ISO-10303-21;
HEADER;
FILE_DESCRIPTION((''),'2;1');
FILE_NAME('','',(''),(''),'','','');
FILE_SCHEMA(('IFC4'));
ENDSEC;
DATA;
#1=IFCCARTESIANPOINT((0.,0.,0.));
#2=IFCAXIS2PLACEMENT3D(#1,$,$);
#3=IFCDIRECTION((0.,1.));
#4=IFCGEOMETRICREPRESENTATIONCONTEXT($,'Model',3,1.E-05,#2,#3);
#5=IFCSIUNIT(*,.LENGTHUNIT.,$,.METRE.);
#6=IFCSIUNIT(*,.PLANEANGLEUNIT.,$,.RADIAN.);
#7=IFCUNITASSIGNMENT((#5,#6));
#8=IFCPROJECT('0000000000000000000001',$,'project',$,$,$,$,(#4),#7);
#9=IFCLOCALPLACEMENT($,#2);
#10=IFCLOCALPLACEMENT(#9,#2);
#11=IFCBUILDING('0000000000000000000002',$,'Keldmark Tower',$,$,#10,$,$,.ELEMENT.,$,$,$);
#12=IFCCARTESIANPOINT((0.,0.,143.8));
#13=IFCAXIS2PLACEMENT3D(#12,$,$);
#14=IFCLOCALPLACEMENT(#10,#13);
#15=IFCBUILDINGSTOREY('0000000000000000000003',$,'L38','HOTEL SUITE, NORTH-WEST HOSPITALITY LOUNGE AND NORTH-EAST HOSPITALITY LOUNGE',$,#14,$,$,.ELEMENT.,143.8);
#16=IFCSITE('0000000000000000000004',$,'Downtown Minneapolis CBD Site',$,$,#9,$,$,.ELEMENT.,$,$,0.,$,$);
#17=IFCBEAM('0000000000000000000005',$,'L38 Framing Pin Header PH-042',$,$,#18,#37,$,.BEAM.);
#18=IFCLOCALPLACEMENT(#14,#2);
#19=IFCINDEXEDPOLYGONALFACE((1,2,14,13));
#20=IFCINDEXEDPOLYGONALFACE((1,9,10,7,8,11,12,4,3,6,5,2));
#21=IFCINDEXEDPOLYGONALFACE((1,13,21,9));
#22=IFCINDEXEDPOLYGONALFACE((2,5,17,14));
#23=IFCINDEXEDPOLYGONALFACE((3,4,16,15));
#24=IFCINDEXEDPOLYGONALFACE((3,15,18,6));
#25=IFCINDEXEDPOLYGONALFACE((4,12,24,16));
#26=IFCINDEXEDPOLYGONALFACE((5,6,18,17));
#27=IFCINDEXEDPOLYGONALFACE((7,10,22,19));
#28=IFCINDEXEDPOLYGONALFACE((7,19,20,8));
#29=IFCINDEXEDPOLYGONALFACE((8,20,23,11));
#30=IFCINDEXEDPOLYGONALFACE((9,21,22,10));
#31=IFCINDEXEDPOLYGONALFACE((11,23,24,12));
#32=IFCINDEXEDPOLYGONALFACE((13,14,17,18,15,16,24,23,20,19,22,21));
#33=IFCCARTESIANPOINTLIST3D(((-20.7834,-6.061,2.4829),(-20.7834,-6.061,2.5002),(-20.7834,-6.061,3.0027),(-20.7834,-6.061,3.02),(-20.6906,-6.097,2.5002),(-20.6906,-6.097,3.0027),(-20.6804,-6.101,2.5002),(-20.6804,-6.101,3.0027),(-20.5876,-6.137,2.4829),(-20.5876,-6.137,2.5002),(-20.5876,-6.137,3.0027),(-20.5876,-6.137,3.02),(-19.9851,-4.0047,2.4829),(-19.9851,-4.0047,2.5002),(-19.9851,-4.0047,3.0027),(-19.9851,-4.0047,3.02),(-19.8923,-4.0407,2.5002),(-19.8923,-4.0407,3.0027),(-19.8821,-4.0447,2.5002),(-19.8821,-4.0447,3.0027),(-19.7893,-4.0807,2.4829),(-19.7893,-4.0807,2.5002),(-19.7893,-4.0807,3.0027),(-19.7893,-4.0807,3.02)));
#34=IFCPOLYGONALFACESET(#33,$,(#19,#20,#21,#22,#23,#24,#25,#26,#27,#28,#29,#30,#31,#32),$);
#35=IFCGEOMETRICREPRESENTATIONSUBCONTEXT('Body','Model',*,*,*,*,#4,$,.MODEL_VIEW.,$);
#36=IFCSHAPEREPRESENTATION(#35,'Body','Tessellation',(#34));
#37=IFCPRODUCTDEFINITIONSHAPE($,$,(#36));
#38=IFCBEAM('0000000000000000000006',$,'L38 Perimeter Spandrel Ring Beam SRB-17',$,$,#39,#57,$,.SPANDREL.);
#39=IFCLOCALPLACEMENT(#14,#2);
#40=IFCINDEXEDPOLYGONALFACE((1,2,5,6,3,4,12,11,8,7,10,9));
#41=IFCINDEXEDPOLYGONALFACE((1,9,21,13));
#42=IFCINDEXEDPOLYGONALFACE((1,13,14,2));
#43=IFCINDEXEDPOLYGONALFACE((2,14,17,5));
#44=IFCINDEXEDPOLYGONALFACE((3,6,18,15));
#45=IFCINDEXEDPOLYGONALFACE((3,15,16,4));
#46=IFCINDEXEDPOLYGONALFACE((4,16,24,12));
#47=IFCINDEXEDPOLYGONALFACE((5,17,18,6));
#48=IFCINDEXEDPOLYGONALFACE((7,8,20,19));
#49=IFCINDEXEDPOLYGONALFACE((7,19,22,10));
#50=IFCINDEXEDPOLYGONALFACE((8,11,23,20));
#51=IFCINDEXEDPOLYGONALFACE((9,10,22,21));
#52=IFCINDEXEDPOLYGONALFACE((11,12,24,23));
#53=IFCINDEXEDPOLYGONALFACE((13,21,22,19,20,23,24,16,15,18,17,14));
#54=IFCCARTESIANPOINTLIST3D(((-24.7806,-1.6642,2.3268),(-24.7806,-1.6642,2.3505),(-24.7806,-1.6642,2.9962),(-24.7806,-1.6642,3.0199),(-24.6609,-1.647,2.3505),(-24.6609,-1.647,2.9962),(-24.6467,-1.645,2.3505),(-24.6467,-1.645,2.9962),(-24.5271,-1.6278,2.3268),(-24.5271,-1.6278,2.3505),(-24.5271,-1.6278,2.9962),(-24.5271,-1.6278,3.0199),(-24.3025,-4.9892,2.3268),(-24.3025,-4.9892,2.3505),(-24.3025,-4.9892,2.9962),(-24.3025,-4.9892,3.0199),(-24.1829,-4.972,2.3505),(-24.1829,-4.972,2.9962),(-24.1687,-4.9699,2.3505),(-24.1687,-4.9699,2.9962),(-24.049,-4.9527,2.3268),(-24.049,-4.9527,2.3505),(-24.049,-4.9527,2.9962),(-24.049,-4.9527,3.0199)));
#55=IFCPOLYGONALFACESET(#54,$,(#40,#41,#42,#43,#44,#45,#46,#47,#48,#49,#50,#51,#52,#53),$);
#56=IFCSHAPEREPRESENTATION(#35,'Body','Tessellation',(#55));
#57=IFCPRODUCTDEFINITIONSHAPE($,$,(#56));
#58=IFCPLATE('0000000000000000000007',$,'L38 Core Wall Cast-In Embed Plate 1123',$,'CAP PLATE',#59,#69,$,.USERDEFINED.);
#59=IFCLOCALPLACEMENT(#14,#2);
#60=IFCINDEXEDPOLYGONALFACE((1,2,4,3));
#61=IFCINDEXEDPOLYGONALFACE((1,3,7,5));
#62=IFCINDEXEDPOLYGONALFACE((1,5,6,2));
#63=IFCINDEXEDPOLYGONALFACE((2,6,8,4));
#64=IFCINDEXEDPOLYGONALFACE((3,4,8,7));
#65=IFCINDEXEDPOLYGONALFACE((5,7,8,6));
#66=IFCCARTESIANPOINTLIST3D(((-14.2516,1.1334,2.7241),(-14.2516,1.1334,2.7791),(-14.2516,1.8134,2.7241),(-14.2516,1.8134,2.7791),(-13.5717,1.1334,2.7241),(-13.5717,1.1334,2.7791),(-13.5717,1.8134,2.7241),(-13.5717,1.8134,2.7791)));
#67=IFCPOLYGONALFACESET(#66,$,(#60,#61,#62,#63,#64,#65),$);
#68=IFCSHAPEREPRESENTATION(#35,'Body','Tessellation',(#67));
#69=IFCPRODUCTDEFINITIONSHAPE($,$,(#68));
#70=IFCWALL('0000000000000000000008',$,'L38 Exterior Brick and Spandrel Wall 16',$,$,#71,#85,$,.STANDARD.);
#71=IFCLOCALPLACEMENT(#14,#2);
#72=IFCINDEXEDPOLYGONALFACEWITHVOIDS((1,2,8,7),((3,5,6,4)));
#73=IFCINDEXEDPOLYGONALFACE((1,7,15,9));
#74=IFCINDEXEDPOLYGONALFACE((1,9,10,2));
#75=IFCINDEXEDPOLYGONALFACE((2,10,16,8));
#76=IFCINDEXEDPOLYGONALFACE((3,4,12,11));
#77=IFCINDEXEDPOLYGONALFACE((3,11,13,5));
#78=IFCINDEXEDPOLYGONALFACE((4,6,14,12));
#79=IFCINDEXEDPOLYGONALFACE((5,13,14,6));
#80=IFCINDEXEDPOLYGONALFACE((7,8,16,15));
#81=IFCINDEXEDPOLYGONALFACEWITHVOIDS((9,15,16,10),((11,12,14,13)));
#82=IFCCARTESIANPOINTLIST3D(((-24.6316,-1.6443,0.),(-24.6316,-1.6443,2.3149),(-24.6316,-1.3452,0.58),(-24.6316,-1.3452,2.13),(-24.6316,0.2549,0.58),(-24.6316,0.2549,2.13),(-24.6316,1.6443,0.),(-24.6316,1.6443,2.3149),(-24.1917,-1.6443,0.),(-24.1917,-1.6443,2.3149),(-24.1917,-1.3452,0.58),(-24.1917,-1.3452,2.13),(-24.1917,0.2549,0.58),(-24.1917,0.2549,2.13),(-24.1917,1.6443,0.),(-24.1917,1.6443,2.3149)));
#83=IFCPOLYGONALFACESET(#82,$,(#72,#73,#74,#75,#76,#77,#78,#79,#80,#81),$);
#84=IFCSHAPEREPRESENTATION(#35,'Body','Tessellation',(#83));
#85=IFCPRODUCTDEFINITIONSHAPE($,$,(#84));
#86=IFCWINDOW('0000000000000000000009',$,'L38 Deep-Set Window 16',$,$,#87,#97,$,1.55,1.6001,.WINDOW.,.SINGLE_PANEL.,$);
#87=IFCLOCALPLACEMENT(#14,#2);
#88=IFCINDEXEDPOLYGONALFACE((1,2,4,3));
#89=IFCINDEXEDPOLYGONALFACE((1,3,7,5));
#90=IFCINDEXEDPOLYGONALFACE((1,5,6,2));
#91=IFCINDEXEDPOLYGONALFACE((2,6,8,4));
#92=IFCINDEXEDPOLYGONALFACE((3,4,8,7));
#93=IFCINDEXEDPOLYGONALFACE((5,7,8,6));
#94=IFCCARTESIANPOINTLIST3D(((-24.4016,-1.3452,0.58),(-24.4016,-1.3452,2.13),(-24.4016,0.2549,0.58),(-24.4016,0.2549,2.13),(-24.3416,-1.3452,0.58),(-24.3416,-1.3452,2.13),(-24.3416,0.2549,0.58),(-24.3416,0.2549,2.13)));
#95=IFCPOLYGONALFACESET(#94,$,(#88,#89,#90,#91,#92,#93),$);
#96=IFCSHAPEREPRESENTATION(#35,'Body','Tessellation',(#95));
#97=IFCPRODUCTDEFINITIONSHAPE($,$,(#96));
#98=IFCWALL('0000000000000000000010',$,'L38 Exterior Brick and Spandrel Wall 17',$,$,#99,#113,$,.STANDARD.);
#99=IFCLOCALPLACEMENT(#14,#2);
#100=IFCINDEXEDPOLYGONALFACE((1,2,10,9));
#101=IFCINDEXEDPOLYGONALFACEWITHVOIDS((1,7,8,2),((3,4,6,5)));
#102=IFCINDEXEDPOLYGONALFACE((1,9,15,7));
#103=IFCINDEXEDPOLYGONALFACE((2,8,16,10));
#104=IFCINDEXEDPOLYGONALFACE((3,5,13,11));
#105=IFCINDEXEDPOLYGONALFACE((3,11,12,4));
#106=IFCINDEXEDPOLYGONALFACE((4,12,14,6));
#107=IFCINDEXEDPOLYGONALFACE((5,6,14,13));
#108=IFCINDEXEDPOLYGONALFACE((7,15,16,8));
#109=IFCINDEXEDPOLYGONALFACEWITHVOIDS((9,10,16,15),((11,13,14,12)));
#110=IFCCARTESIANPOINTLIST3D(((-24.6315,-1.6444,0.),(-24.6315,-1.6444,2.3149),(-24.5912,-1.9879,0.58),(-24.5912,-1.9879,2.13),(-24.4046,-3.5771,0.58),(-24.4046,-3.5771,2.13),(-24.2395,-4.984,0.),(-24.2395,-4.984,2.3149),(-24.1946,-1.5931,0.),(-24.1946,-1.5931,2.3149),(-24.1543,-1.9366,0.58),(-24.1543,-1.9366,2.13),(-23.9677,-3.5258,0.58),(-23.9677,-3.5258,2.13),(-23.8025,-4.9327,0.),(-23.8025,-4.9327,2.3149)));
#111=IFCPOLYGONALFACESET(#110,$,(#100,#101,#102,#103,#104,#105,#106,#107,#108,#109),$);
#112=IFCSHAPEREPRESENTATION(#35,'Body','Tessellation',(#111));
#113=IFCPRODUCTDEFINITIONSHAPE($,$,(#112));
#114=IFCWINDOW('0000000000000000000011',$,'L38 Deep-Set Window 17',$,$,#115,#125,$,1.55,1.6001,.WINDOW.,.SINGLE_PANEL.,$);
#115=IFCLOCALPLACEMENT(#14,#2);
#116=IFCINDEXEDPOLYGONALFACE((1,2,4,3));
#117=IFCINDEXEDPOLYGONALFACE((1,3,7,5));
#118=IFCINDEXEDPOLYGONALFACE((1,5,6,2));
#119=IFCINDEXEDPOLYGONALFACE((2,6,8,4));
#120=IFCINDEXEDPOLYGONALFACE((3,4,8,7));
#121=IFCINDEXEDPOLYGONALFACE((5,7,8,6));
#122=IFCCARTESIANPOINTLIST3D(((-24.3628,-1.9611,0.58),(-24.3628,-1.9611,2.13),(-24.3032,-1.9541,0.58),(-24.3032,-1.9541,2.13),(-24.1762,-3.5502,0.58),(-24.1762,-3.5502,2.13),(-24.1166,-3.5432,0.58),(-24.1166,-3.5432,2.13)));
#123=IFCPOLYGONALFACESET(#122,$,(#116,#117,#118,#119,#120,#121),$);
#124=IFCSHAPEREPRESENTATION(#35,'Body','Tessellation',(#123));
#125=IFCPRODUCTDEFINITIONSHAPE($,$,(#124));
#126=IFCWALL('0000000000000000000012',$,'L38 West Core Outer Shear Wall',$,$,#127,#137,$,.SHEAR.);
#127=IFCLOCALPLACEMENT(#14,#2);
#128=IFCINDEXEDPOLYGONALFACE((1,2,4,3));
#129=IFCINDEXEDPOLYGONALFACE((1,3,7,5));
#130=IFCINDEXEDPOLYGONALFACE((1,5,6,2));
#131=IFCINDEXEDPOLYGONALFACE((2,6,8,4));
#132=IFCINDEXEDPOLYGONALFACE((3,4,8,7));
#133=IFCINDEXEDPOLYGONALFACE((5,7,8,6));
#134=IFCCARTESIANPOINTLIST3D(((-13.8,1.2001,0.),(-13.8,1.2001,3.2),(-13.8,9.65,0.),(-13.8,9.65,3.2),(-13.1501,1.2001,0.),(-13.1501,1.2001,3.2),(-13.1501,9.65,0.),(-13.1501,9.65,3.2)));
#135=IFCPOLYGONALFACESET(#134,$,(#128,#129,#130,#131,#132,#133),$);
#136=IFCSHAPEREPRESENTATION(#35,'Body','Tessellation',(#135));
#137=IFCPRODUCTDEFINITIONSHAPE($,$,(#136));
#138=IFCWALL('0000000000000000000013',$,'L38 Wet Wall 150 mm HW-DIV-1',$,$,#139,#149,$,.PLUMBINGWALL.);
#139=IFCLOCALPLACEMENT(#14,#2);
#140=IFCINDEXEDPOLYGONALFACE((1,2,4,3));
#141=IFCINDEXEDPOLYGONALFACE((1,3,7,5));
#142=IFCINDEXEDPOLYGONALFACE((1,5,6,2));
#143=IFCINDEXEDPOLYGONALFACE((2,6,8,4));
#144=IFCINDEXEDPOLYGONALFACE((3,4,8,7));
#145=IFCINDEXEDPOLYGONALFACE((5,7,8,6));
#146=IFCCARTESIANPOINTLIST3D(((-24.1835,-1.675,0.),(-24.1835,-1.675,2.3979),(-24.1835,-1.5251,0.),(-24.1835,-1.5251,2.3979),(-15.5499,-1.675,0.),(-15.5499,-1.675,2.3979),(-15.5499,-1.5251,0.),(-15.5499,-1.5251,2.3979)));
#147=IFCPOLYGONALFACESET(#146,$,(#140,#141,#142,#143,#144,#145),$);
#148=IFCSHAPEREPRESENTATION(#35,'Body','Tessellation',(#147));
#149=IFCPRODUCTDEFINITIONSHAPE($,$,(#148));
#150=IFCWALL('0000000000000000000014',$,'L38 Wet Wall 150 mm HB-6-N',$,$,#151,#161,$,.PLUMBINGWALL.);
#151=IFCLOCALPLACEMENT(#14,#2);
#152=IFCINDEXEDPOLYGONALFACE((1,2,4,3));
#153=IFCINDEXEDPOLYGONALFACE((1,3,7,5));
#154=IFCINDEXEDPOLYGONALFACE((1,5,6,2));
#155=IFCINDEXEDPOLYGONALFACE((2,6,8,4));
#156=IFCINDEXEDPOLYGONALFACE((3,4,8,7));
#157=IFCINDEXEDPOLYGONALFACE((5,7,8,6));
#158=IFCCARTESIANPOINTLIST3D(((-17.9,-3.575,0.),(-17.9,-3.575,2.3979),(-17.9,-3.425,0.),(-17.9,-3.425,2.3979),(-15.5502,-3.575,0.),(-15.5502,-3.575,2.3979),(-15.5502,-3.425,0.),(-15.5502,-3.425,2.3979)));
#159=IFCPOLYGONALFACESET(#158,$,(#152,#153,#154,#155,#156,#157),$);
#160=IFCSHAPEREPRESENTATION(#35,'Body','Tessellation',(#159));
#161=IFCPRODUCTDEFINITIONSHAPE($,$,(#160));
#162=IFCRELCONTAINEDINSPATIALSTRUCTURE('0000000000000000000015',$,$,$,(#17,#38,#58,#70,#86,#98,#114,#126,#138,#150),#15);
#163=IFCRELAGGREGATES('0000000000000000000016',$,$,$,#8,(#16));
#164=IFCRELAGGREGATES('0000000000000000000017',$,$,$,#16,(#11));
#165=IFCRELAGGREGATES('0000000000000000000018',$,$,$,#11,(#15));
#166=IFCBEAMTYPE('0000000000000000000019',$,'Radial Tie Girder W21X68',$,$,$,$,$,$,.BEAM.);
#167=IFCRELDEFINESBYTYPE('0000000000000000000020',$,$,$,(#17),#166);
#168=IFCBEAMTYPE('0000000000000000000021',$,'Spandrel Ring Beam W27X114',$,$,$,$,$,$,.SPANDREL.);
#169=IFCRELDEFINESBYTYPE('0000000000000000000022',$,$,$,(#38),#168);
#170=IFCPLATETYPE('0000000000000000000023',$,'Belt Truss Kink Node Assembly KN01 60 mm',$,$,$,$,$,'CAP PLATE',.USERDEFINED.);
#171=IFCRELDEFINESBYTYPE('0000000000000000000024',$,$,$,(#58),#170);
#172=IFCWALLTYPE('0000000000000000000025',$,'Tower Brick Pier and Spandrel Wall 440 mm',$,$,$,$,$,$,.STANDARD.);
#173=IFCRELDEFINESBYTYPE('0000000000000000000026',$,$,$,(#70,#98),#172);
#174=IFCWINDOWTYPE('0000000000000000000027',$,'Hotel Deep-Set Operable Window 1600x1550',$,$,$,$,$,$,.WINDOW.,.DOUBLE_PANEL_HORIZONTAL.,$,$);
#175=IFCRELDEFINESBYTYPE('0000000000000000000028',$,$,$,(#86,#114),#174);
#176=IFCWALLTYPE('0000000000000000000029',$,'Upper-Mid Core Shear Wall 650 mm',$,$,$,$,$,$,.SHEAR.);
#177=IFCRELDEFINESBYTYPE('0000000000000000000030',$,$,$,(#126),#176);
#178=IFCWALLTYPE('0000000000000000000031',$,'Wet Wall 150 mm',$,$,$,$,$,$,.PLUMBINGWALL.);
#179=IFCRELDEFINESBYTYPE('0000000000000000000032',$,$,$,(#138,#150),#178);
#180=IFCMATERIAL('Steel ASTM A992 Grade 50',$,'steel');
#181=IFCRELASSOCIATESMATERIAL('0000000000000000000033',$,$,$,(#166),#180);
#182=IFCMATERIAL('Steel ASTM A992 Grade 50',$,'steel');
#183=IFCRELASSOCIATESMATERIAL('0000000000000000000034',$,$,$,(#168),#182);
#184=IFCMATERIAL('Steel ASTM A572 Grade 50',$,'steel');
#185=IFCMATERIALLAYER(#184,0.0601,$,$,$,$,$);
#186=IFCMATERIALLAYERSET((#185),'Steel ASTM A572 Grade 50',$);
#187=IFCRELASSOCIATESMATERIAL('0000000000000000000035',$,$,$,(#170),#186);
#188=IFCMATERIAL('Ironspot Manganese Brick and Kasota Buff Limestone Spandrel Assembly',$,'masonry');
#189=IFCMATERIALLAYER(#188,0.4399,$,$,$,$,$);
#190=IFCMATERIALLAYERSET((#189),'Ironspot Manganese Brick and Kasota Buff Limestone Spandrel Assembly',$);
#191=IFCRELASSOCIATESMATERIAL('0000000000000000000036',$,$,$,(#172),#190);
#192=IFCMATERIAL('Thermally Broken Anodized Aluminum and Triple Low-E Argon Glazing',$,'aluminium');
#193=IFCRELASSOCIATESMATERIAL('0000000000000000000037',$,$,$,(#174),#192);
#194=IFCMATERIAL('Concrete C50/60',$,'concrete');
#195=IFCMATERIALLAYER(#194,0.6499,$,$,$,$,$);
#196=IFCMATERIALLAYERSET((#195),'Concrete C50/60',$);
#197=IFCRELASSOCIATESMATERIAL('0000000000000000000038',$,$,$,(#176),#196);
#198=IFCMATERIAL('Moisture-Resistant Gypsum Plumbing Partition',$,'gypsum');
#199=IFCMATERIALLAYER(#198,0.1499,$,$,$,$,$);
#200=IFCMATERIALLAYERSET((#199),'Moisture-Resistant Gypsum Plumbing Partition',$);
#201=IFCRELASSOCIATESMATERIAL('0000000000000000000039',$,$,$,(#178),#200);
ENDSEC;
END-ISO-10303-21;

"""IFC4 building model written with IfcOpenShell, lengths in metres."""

from ifc_helpers import new_model, si_unit, direction, frame, frame_2d, origin, origin_2d, place, context, subcontext, project, spatial, rectangle, i_section, extrude, material, layer, layer_set, material_profile, profile_set, type_object, element, fill, save


model = new_model("IFC4")

# Units and contexts
model_context = context("Model", 3, precision=1e-05, world=origin(), true_north=direction((0.0, 1.0)))
body_context = subcontext(model_context, "Body", "Model", "MODEL_VIEW")
ifc_project = project(units=[si_unit("LENGTHUNIT", "METRE"), si_unit("PLANEANGLEUNIT", "RADIAN")], contexts=[model_context])

# Site, building, storey
site_placement = place(None, origin())
site = spatial("IfcSite", under=ifc_project, at=site_placement, Name="Downtown Minneapolis CBD Site", CompositionType="ELEMENT", RefElevation=0.0)
building_placement = place(site_placement, origin())
building = spatial("IfcBuilding", under=site, at=building_placement, Name="Keldmark Tower", CompositionType="ELEMENT")
storey_placement = place(building_placement, frame((0.0, 0.0, 143.8)))
storey = spatial("IfcBuildingStorey", under=building, at=storey_placement, Name="L38", Description="HOTEL SUITE, NORTH-WEST HOSPITALITY LOUNGE AND NORTH-EAST HOSPITALITY LOUNGE", CompositionType="ELEMENT", Elevation=143.8)

# Beams
ifc_material_1 = material(Name="Steel ASTM A992 Grade 50", Category="steel")
ifc_material_profile_1 = material_profile(ifc_material_1, i_section(OverallWidth=0.21, OverallDepth=0.5371, WebThickness=0.011, FlangeThickness=0.0173, at=origin_2d()), Name="W21X68")
ifc_profile_set_1 = profile_set([ifc_material_profile_1], Name="Steel ASTM A992 Grade 50")
beam_type_1 = type_object("IfcBeamType", Name="Radial Tie Girder W21X68", PredefinedType="BEAM", material=ifc_profile_set_1)
beam_1_placement = place(storey_placement, frame((-19.8872, -4.0427, 2.7515), z_axis=(-0.361907, -0.932214, 0.0), x_axis=(0.932214, -0.361907, 0.0)))
element("IfcBeam", 1, at=beam_1_placement, inside=storey, type_object=beam_type_1, Name="L38 Framing Pin Header PH-042", PredefinedType="BEAM", context=body_context, shape_type="SweptSolid", body=[
    extrude(i_section(OverallWidth=0.21, OverallDepth=0.5371, WebThickness=0.011, FlangeThickness=0.0173, at=origin_2d()), origin(), (0.0, 0.0, 1.0), 2.2058),
])
ifc_material_2 = material(Name="Steel ASTM A992 Grade 50", Category="steel")
ifc_material_profile_2 = material_profile(ifc_material_2, i_section(OverallWidth=0.2561, OverallDepth=0.6931, WebThickness=0.0144, FlangeThickness=0.0237, at=origin_2d()), Name="W27X114")
ifc_profile_set_2 = profile_set([ifc_material_profile_2], Name="Steel ASTM A992 Grade 50")
beam_type_2 = type_object("IfcBeamType", Name="Spandrel Ring Beam W27X114", PredefinedType="SPANDREL", material=ifc_profile_set_2)
beam_2_placement = place(storey_placement, frame((-24.6538, -1.646, 2.6733), z_axis=(0.142307, -0.989823, 0.0), x_axis=(0.989823, 0.142307, 0.0)))
element("IfcBeam", 2, at=beam_2_placement, inside=storey, type_object=beam_type_2, Name="L38 Perimeter Spandrel Ring Beam SRB-17", PredefinedType="SPANDREL", context=body_context, shape_type="SweptSolid", body=[
    extrude(i_section(OverallWidth=0.2561, OverallDepth=0.6931, WebThickness=0.0144, FlangeThickness=0.0237, at=origin_2d()), origin(), (0.0, 0.0, 1.0), 3.3591),
])

# Plate
ifc_material_3 = material(Name="Steel ASTM A572 Grade 50", Category="steel")
ifc_layer_1 = layer(ifc_material_3, 0.0601)
ifc_layer_set_1 = layer_set([ifc_layer_1], Name="Steel ASTM A572 Grade 50")
plate_type = type_object("IfcPlateType", Name="Belt Truss Kink Node Assembly KN01 60 mm", ElementType="CAP PLATE", PredefinedType="USERDEFINED", material=ifc_layer_set_1)
plate_placement = place(storey_placement, frame((-13.9116, 1.4734, 2.7241), z_axis=(0.0, 0.0, 1.0), x_axis=(1.0, 0.0, 0.0)))
element("IfcPlate", 3, at=plate_placement, inside=storey, type_object=plate_type, Name="L38 Core Wall Cast-In Embed Plate 1123", ObjectType="CAP PLATE", PredefinedType="USERDEFINED", context=body_context, shape_type="SweptSolid", body=[
    extrude(rectangle(XDim=0.6799, YDim=0.6799, at=origin_2d()), origin(), (0.0, 0.0, 1.0), 0.0549),
])

# Walls, openings, windows
ifc_material_4 = material(Name="Ironspot Manganese Brick and Kasota Buff Limestone Spandrel Assembly", Category="masonry")
ifc_layer_2 = layer(ifc_material_4, 0.4399)
ifc_layer_set_2 = layer_set([ifc_layer_2], Name="Ironspot Manganese Brick and Kasota Buff Limestone Spandrel Assembly")
wall_type_1 = type_object("IfcWallType", Name="Tower Brick Pier and Spandrel Wall 440 mm", PredefinedType="STANDARD", material=ifc_layer_set_2)
wall_1_placement = place(storey_placement, frame((-24.4116, -1.6443, 0.0), z_axis=(0.0, 0.0, 1.0), x_axis=(0.0, 1.0, 0.0)))
wall_1 = element("IfcWall", 4, at=wall_1_placement, inside=storey, type_object=wall_type_1, Name="L38 Exterior Brick and Spandrel Wall 16", PredefinedType="STANDARD", context=body_context, shape_type="SweptSolid", body=[
    extrude(rectangle(XDim=3.2886, YDim=0.4399, at=frame_2d((1.6443, 0.0))), origin(), (0.0, 0.0, 1.0), 2.3149),
])
opening_1_placement = place(wall_1_placement, frame((0.2991, 0.0, 0.5801)))
opening_1 = element("IfcOpeningElement", 5, at=opening_1_placement, cuts=wall_1, PredefinedType="OPENING", context=body_context, shape_type="SweptSolid", body=[
    extrude(rectangle(XDim=1.6001, YDim=1.55, at=frame_2d((0.8, 0.7749))), frame((0.0, 0.23, 0.0), z_axis=(0.0, -1.0, 0.0), x_axis=(1.0, 0.0, 0.0)), (0.0, 0.0, 1.0), 0.46),
])
ifc_material_5 = material(Name="Thermally Broken Anodized Aluminum and Triple Low-E Argon Glazing", Category="aluminium")
window_type = type_object("IfcWindowType", Name="Hotel Deep-Set Operable Window 1600x1550", PartitioningType="DOUBLE_PANEL_HORIZONTAL", PredefinedType="WINDOW", material=ifc_material_5)
window_1_placement = place(opening_1_placement, origin())
window_1 = element("IfcWindow", 6, at=window_1_placement, inside=storey, type_object=window_type, Name="L38 Deep-Set Window 16", OverallHeight=1.55, OverallWidth=1.6001, PartitioningType="SINGLE_PANEL", PredefinedType="WINDOW", context=body_context, shape_type="SweptSolid", body=[
    extrude(rectangle(XDim=1.6001, YDim=1.55, at=frame_2d((0.8, 0.7749))), frame((0.0, -0.01, 0.0), z_axis=(0.0, -1.0, 0.0), x_axis=(1.0, 0.0, 0.0)), (0.0, 0.0, 1.0), 0.0601),
])
fill(opening_1, window_1)
wall_2_placement = place(storey_placement, frame((-24.021, -4.9583, 0.0), z_axis=(0.0, 0.0, 1.0), x_axis=(-0.116605, 0.993178, 0.0)))
wall_2 = element("IfcWall", 7, at=wall_2_placement, inside=storey, type_object=wall_type_1, Name="L38 Exterior Brick and Spandrel Wall 17", PredefinedType="STANDARD", context=body_context, shape_type="SweptSolid", body=[
    extrude(rectangle(XDim=3.3625, YDim=0.4399, at=frame_2d((1.6812, 0.0))), origin(), (0.0, 0.0, 1.0), 2.3149),
])
opening_2_placement = place(wall_2_placement, frame((1.4165, 0.0, 0.5801)))
opening_2 = element("IfcOpeningElement", 8, at=opening_2_placement, cuts=wall_2, PredefinedType="OPENING", context=body_context, shape_type="SweptSolid", body=[
    extrude(rectangle(XDim=1.6001, YDim=1.55, at=frame_2d((0.8, 0.7749))), frame((0.0, 0.23, 0.0), z_axis=(0.0, -1.0, 0.0), x_axis=(1.0, 0.0, 0.0)), (0.0, 0.0, 1.0), 0.46),
])
window_2_placement = place(opening_2_placement, origin())
window_2 = element("IfcWindow", 9, at=window_2_placement, inside=storey, type_object=window_type, Name="L38 Deep-Set Window 17", OverallHeight=1.55, OverallWidth=1.6001, PartitioningType="SINGLE_PANEL", PredefinedType="WINDOW", context=body_context, shape_type="SweptSolid", body=[
    extrude(rectangle(XDim=1.6001, YDim=1.55, at=frame_2d((0.8, 0.7749))), frame((0.0, -0.01, 0.0), z_axis=(0.0, -1.0, 0.0), x_axis=(1.0, 0.0, 0.0)), (0.0, 0.0, 1.0), 0.0601),
])
fill(opening_2, window_2)

# Walls
ifc_material_6 = material(Name="Concrete C50/60", Category="concrete")
ifc_layer_3 = layer(ifc_material_6, 0.6499)
ifc_layer_set_3 = layer_set([ifc_layer_3], Name="Concrete C50/60")
wall_type_2 = type_object("IfcWallType", Name="Upper-Mid Core Shear Wall 650 mm", PredefinedType="SHEAR", material=ifc_layer_set_3)
wall_3_placement = place(storey_placement, frame((-13.4751, 1.2, 0.0), z_axis=(0.0, 0.0, 1.0), x_axis=(0.0, 1.0, 0.0)))
element("IfcWall", 10, at=wall_3_placement, inside=storey, type_object=wall_type_2, Name="L38 West Core Outer Shear Wall", PredefinedType="SHEAR", context=body_context, shape_type="SweptSolid", body=[
    extrude(rectangle(XDim=8.45, YDim=0.6499, at=frame_2d((4.2251, 0.0))), origin(), (0.0, 0.0, 1.0), 3.2),
])
ifc_material_7 = material(Name="Moisture-Resistant Gypsum Plumbing Partition", Category="gypsum")
ifc_layer_4 = layer(ifc_material_7, 0.1499)
ifc_layer_set_4 = layer_set([ifc_layer_4], Name="Moisture-Resistant Gypsum Plumbing Partition")
wall_type_3 = type_object("IfcWallType", Name="Wet Wall 150 mm", PredefinedType="PLUMBINGWALL", material=ifc_layer_set_4)
wall_4_placement = place(storey_placement, frame((-24.1836, -1.6001, 0.0), z_axis=(0.0, 0.0, 1.0), x_axis=(1.0, 0.0, 0.0)))
element("IfcWall", 11, at=wall_4_placement, inside=storey, type_object=wall_type_3, Name="L38 Wet Wall 150 mm HW-DIV-1", PredefinedType="PLUMBINGWALL", context=body_context, shape_type="SweptSolid", body=[
    extrude(rectangle(XDim=8.6335, YDim=0.1499, at=frame_2d((4.3169, 0.0))), origin(), (0.0, 0.0, 1.0), 2.3979),
])
wall_5_placement = place(storey_placement, frame((-17.8999, -3.5, 0.0), z_axis=(0.0, 0.0, 1.0), x_axis=(1.0, 0.0, 0.0)))
element("IfcWall", 12, at=wall_5_placement, inside=storey, type_object=wall_type_3, Name="L38 Wet Wall 150 mm HB-6-N", PredefinedType="PLUMBINGWALL", context=body_context, shape_type="SweptSolid", body=[
    extrude(rectangle(XDim=2.3499, YDim=0.1499, at=frame_2d((1.1748, 0.0))), origin(), (0.0, 0.0, 1.0), 2.3979),
])

save(model, "model.ifc")
